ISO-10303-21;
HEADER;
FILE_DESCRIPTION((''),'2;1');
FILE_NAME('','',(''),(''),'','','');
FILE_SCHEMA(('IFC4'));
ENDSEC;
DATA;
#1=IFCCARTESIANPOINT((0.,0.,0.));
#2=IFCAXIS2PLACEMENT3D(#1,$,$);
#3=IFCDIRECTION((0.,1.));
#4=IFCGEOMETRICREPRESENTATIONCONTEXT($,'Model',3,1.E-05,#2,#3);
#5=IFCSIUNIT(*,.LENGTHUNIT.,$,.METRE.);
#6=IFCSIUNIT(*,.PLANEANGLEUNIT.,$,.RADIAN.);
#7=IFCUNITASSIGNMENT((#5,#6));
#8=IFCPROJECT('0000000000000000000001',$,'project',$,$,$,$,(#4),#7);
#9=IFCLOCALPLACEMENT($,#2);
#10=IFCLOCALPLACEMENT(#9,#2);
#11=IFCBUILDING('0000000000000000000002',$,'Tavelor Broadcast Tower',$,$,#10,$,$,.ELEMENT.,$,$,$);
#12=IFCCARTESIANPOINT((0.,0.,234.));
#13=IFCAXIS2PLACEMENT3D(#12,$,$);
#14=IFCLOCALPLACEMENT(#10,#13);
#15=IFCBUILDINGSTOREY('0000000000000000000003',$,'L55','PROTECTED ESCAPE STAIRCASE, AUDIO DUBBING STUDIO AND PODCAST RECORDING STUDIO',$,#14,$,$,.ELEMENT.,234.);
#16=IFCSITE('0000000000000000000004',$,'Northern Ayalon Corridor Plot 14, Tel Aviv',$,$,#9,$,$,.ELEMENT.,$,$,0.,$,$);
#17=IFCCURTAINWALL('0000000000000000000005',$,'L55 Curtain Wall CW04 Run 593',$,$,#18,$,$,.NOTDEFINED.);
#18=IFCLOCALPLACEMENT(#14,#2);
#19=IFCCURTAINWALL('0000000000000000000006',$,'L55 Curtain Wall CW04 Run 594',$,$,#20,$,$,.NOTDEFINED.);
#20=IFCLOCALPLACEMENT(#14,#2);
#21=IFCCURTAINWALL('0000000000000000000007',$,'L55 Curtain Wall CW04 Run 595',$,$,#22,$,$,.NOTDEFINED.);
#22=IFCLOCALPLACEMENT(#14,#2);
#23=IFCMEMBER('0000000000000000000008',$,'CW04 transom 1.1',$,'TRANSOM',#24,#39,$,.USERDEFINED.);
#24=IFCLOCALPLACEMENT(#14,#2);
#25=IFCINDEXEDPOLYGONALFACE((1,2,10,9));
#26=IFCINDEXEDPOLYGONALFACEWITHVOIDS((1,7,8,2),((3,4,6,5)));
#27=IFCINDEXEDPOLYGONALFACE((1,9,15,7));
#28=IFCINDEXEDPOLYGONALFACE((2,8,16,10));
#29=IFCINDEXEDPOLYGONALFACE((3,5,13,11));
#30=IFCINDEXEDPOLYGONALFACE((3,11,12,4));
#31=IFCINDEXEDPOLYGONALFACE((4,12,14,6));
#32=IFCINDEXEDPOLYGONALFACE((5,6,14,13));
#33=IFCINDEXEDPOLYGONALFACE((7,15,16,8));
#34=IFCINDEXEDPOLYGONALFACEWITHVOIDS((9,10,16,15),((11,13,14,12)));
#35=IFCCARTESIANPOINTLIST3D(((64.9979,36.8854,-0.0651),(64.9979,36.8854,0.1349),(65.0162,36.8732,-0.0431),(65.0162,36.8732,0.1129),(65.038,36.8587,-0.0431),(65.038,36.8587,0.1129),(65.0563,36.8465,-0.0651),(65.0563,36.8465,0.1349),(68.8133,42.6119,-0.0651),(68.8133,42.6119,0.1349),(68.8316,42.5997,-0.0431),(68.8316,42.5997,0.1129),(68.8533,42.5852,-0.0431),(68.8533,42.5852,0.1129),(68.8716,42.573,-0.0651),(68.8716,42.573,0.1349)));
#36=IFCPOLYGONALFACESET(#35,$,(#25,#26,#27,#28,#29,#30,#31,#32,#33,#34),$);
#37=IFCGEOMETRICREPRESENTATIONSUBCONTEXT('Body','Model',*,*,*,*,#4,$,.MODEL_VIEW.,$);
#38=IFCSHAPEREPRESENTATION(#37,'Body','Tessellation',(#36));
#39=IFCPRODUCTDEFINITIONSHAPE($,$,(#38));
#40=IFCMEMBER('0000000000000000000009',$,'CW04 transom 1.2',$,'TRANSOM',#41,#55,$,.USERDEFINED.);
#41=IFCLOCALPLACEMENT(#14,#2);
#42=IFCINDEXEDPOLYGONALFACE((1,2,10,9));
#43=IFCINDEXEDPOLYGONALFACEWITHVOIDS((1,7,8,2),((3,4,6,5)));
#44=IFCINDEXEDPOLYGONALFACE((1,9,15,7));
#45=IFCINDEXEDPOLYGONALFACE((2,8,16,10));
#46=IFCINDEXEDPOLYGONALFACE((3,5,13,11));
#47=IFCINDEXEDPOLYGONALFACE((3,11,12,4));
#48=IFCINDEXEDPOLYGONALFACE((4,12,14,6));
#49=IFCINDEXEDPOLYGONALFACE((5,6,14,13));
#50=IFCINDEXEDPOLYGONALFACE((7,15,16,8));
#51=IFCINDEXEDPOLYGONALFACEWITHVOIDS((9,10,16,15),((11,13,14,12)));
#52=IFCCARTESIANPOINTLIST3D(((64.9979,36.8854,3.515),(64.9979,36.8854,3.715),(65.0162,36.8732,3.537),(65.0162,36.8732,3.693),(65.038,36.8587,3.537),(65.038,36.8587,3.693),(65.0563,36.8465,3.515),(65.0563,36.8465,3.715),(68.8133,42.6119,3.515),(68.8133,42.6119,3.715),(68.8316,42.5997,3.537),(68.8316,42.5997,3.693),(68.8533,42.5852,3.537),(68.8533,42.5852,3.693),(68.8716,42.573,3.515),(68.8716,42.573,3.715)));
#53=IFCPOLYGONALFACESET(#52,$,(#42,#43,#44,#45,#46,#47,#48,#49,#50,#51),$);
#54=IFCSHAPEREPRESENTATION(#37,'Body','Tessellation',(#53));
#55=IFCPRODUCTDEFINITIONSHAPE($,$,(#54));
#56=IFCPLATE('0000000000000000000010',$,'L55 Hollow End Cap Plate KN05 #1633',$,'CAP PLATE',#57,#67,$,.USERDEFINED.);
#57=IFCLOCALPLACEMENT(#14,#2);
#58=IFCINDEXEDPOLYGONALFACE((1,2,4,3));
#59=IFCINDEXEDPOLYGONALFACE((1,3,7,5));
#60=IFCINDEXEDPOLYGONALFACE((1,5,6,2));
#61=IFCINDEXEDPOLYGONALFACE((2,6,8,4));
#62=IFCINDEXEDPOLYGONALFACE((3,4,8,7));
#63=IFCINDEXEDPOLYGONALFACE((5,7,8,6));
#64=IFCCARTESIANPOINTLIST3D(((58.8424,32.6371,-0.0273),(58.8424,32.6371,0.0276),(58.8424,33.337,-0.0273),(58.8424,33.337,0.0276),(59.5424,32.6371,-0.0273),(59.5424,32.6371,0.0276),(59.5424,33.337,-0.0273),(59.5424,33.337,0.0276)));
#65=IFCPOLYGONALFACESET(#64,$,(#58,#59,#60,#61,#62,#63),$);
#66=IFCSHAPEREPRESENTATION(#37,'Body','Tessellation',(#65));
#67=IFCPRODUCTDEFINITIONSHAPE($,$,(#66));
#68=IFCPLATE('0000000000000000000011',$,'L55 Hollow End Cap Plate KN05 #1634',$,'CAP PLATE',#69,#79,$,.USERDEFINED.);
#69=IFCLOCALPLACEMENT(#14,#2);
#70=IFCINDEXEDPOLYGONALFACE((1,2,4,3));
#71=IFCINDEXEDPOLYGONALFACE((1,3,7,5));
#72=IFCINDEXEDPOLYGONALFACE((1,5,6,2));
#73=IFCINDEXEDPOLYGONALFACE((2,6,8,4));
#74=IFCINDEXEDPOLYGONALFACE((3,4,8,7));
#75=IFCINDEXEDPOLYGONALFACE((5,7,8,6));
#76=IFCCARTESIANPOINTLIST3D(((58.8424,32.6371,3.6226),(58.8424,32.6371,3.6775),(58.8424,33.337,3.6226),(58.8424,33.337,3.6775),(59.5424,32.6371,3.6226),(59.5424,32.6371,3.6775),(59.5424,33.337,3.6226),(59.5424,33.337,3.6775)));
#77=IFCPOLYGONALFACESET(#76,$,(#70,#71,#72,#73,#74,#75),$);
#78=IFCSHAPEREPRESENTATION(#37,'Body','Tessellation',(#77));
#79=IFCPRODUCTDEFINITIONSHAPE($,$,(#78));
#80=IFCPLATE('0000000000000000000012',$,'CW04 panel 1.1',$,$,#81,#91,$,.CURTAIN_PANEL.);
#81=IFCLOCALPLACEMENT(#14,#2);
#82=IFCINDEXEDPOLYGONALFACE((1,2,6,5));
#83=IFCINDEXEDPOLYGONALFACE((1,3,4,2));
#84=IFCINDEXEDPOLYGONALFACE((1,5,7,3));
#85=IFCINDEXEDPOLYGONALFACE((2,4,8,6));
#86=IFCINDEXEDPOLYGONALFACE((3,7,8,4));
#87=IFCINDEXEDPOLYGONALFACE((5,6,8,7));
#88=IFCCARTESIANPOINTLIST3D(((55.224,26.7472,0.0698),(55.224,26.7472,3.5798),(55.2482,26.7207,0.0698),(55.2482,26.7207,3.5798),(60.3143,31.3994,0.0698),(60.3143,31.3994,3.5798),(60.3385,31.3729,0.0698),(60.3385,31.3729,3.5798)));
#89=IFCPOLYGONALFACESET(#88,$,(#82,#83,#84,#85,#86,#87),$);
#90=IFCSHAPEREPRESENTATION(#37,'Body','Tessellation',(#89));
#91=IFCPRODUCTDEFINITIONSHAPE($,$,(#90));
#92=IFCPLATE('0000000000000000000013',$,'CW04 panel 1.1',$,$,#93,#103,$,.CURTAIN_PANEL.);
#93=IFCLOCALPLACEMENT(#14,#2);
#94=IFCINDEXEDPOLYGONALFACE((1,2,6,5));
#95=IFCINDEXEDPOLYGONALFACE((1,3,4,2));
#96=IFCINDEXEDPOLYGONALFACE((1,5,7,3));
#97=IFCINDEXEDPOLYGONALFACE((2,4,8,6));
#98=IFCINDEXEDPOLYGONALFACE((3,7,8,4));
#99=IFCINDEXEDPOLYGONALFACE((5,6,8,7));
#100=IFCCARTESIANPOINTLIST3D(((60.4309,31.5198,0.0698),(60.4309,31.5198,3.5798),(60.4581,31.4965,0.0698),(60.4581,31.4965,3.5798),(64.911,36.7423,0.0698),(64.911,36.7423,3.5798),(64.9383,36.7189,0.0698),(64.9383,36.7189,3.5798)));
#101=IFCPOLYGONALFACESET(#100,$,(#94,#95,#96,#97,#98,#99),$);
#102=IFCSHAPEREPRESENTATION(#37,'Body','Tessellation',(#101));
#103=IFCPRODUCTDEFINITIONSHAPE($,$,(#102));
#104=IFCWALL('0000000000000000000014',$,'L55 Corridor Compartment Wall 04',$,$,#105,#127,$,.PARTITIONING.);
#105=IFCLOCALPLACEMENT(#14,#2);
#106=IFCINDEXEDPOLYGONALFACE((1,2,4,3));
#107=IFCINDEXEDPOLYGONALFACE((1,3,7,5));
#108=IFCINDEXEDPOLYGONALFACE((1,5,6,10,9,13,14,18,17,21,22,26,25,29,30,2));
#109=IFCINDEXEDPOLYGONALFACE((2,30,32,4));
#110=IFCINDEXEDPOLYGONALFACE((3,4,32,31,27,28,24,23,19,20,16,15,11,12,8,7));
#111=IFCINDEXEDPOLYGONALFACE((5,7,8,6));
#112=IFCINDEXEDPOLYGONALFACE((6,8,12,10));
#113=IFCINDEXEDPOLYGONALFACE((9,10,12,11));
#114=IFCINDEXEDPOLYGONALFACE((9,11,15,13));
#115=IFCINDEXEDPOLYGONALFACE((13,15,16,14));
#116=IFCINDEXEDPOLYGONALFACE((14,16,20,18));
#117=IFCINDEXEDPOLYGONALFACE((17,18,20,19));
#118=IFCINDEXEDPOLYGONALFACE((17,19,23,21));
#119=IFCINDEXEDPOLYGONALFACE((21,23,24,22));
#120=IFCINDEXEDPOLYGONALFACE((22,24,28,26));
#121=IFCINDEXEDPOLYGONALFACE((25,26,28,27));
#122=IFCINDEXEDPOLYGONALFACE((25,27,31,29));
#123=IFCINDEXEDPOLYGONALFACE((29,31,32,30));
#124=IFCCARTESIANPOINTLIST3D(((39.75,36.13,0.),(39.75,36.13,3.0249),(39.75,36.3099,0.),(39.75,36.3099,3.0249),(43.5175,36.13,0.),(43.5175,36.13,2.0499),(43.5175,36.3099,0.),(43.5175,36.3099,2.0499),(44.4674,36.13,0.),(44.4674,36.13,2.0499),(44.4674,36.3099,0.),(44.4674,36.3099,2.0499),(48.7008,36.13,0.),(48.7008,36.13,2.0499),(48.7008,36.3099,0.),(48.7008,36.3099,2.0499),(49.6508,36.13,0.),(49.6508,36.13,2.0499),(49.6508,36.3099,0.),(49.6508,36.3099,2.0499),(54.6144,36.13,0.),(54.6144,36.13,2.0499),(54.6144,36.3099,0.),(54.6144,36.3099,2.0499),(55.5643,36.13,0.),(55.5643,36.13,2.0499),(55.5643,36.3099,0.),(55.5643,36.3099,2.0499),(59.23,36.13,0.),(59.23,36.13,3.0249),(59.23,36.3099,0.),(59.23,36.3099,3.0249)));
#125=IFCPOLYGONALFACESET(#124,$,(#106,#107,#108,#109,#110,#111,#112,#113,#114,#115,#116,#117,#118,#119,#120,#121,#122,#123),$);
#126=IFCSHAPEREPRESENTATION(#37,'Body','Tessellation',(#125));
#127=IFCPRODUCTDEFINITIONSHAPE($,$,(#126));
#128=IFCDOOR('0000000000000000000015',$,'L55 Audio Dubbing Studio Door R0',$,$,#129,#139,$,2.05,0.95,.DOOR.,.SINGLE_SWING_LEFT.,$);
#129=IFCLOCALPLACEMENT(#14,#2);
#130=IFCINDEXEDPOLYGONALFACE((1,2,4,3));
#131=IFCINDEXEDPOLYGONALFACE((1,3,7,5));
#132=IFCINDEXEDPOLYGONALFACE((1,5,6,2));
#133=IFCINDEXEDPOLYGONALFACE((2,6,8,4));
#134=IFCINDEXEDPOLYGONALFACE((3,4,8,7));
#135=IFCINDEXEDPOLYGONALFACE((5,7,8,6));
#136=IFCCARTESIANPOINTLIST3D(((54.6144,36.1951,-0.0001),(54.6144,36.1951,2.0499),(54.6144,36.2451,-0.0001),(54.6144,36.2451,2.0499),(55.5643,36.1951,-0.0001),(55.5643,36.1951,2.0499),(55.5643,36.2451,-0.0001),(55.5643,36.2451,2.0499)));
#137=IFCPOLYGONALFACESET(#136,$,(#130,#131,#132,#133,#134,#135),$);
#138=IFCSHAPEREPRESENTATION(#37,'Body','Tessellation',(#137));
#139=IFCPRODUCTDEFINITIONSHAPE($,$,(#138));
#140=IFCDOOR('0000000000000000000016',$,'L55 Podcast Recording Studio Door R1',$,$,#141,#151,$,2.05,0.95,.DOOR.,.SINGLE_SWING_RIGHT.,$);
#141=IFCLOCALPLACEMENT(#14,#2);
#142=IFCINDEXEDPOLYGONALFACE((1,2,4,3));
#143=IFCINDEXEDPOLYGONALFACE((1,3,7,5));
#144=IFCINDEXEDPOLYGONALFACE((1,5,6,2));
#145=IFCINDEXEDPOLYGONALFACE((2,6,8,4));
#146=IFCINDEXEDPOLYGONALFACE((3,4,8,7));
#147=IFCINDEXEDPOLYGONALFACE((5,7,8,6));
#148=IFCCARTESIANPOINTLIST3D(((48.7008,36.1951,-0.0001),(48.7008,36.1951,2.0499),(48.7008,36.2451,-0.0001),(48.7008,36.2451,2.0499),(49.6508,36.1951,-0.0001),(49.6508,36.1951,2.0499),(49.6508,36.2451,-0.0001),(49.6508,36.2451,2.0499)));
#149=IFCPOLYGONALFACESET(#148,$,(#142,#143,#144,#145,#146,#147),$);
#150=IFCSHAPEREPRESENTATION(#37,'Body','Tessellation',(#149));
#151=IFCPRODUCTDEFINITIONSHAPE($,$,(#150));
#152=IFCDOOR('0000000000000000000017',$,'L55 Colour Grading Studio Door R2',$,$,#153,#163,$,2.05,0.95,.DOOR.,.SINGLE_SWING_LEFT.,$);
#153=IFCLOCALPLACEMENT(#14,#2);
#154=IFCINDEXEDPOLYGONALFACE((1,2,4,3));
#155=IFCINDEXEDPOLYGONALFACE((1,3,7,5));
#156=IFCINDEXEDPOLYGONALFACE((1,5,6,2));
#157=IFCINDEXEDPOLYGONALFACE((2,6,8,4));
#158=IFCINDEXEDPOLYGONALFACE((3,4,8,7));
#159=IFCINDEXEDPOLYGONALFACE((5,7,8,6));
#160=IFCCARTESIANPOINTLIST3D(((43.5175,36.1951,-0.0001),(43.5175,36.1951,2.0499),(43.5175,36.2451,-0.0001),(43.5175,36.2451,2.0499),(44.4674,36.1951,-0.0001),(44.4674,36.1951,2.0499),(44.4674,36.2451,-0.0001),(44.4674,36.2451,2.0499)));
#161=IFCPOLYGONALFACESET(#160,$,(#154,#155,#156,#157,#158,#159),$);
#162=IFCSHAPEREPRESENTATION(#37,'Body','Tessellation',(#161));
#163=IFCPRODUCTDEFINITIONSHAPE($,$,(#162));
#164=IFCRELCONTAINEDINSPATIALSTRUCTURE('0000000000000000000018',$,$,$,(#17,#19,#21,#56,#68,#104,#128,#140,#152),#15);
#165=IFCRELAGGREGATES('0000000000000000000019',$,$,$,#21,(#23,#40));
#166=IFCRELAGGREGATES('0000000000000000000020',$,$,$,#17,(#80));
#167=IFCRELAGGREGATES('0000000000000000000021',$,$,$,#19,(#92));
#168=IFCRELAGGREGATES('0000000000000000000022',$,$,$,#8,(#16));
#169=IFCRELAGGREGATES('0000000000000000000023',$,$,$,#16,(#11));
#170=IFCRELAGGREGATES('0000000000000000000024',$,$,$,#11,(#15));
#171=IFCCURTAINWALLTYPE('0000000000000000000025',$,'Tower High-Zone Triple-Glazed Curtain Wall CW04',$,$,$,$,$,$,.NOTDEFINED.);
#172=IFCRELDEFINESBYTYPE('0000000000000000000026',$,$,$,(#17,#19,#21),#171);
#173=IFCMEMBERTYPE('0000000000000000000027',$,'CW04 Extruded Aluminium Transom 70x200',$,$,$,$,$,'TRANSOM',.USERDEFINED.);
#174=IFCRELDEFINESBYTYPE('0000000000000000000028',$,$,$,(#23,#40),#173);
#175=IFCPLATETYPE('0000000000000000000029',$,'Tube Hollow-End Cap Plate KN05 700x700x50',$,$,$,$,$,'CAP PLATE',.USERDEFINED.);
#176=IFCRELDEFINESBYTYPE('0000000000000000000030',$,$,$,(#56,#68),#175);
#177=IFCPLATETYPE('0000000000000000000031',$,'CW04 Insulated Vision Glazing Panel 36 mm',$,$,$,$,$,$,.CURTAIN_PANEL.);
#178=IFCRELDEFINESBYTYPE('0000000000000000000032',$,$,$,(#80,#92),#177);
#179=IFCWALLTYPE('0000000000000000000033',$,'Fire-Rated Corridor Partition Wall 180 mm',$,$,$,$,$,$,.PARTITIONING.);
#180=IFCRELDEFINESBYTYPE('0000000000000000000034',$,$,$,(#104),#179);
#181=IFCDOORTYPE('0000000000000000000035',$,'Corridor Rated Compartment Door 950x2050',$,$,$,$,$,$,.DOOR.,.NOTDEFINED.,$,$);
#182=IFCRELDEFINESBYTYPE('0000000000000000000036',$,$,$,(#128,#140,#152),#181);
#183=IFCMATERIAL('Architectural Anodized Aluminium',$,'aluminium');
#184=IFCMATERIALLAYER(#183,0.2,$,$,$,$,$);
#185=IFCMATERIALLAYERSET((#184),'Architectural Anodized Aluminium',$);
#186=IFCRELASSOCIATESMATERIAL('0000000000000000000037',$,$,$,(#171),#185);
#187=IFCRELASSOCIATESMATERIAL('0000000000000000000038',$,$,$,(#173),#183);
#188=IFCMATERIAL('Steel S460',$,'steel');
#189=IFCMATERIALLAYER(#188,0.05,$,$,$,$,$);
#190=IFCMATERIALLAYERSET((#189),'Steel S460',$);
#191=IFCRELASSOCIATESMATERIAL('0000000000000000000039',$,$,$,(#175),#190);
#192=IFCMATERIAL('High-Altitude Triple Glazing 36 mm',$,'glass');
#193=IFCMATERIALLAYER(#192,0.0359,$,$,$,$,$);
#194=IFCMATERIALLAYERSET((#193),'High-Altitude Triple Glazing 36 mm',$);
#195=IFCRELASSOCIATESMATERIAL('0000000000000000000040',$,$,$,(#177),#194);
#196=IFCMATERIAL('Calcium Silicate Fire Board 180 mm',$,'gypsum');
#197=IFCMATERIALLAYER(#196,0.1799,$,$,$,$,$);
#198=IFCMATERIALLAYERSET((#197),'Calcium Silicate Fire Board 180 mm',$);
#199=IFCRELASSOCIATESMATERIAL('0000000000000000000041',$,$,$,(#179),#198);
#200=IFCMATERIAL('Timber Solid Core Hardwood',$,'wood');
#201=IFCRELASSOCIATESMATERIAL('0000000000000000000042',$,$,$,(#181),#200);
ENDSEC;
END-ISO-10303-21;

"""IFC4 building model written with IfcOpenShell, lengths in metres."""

from ifc_helpers import new_model, si_unit, direction, frame, frame_2d, origin, origin_2d, place, context, subcontext, project, spatial, rectangle, hollow_rectangle, extrude, source, transform, mapped, material, layer, layer_set, material_profile, profile_set, type_object, type_shapes, element, fill, aggregate, save


model = new_model("IFC4")

# Units and contexts
model_context = context("Model", 3, precision=1e-05, world=origin(), true_north=direction((0.0, 1.0)))
body_context = subcontext(model_context, "Body", "Model", "MODEL_VIEW")
ifc_project = project(units=[si_unit("LENGTHUNIT", "METRE"), si_unit("PLANEANGLEUNIT", "RADIAN")], contexts=[model_context])

# Site, building, storey
site_placement = place(None, origin())
site = spatial("IfcSite", under=ifc_project, at=site_placement, Name="Northern Ayalon Corridor Plot 14, Tel Aviv", CompositionType="ELEMENT", RefElevation=0.0)
building_placement = place(site_placement, origin())
building = spatial("IfcBuilding", under=site, at=building_placement, Name="Tavelor Broadcast Tower", CompositionType="ELEMENT")
storey_placement = place(building_placement, frame((0.0, 0.0, 234.0)))
storey = spatial("IfcBuildingStorey", under=building, at=storey_placement, Name="L55", Description="PROTECTED ESCAPE STAIRCASE, AUDIO DUBBING STUDIO AND PODCAST RECORDING STUDIO", CompositionType="ELEMENT", Elevation=234.0)

# Shared definitions
ifc_material_1 = material(Name="Steel S460", Category="steel")

# Curtain wall
ifc_material_2 = material(Name="Architectural Anodized Aluminium", Category="aluminium")
ifc_layer_1 = layer(ifc_material_2, 0.2)
ifc_layer_set_1 = layer_set([ifc_layer_1], Name="Architectural Anodized Aluminium")
curtain_wall_type = type_object("IfcCurtainWallType", Name="Tower High-Zone Triple-Glazed Curtain Wall CW04", PredefinedType="NOTDEFINED", material=ifc_layer_set_1)
curtain_wall_1_placement = place(storey_placement, origin())
curtain_wall_1 = element("IfcCurtainWall", 1, at=curtain_wall_1_placement, inside=storey, type_object=curtain_wall_type, Name="L55 Curtain Wall CW04 Run 593", PredefinedType="NOTDEFINED")

# Curtain wall
curtain_wall_2_placement = place(storey_placement, origin())
curtain_wall_2 = element("IfcCurtainWall", 2, at=curtain_wall_2_placement, inside=storey, type_object=curtain_wall_type, Name="L55 Curtain Wall CW04 Run 594", PredefinedType="NOTDEFINED")

# Curtain wall
curtain_wall_3_placement = place(storey_placement, origin())
curtain_wall_3 = element("IfcCurtainWall", 3, at=curtain_wall_3_placement, inside=storey, type_object=curtain_wall_type, Name="L55 Curtain Wall CW04 Run 595", PredefinedType="NOTDEFINED")

# Members
ifc_material_profile_1 = material_profile(ifc_material_2, hollow_rectangle(XDim=0.0701, YDim=0.2, WallThickness=0.022, at=origin_2d()), Name="RHS 70x200x22")
ifc_profile_set_1 = profile_set([ifc_material_profile_1], Name="Architectural Anodized Aluminium")
member_type_1 = type_object("IfcMemberType", Name="CW04 Extruded Aluminium Transom 70x200", ElementType="TRANSOM", PredefinedType="USERDEFINED", material=ifc_profile_set_1)
shared_shape_1 = source(origin(), body_context, "Body", "SweptSolid", [
    extrude(hollow_rectangle(XDim=0.0701, YDim=0.2, WallThickness=0.022, at=origin_2d()), origin(), (0.0, 0.0, 1.0), 6.8811),
])
type_shapes(member_type_1, [shared_shape_1])
member_1_placement = place(storey_placement, frame((65.0271, 36.866, 0.0349), z_axis=(0.554471, 0.832203, 0.0), x_axis=(-0.832203, 0.554471, 0.0)))
member_1 = element("IfcMember", 4, at=member_1_placement, type_object=member_type_1, Name="CW04 transom 1.1", ObjectType="TRANSOM", PredefinedType="USERDEFINED", context=body_context, shape_type="MappedRepresentation", body=[
    mapped(shared_shape_1, transform((0.0, 0.0, 0.0), scale=1.0)),
])
member_2_placement = place(storey_placement, frame((65.0271, 36.866, 3.615), z_axis=(0.554471, 0.832203, 0.0), x_axis=(-0.832203, 0.554471, 0.0)))
member_2 = element("IfcMember", 5, at=member_2_placement, type_object=member_type_1, Name="CW04 transom 1.2", ObjectType="TRANSOM", PredefinedType="USERDEFINED", context=body_context, shape_type="MappedRepresentation", body=[
    mapped(shared_shape_1, transform((0.0, 0.0, 0.0), scale=1.0)),
])
aggregate(curtain_wall_3, [member_1, member_2])

# Plates
ifc_layer_2 = layer(ifc_material_1, 0.05)
ifc_layer_set_2 = layer_set([ifc_layer_2], Name="Steel S460")
plate_type_1 = type_object("IfcPlateType", Name="Tube Hollow-End Cap Plate KN05 700x700x50", ElementType="CAP PLATE", PredefinedType="USERDEFINED", material=ifc_layer_set_2)
shared_shape_2 = source(origin(), body_context, "Body", "SweptSolid", [
    extrude(rectangle(XDim=0.7, YDim=0.7, at=origin_2d()), origin(), (0.0, 0.0, 1.0), 0.0549),
])
type_shapes(plate_type_1, [shared_shape_2])
for number, where, z_axis, x_axis, name in (
    (6, (59.1924, 32.9871, -0.0273), (0.0, 0.0, 1.0), (1.0, 0.0, 0.0), "L55 Hollow End Cap Plate KN05 #1633"),
    (7, (59.1924, 32.9871, 3.6226), (0.0, 0.0, 1.0), (1.0, 0.0, 0.0), "L55 Hollow End Cap Plate KN05 #1634"),
):
    element("IfcPlate", number, at=place(storey_placement, frame(where, z_axis=z_axis, x_axis=x_axis)), inside=storey, type_object=plate_type_1, Name=name, ObjectType="CAP PLATE", PredefinedType="USERDEFINED", context=body_context, shape_type="MappedRepresentation", body=[
        mapped(shared_shape_2, transform((0.0, 0.0, 0.0), scale=1.0)),
    ])

# Plates
ifc_material_3 = material(Name="High-Altitude Triple Glazing 36 mm", Category="glass")
ifc_layer_3 = layer(ifc_material_3, 0.0359)
ifc_layer_set_3 = layer_set([ifc_layer_3], Name="High-Altitude Triple Glazing 36 mm")
plate_type_2 = type_object("IfcPlateType", Name="CW04 Insulated Vision Glazing Panel 36 mm", PredefinedType="CURTAIN_PANEL", material=ifc_layer_set_3)
shared_shape_3 = source(origin(), body_context, "Body", "SweptSolid", [
    extrude(rectangle(XDim=6.896, YDim=0.0359, at=origin_2d()), origin(), (0.0, 0.0, 1.0), 3.51),
])
plate_1_placement = place(storey_placement, frame((57.7812, 29.0601, 0.0698), z_axis=(0.0, 0.0, 1.0), x_axis=(0.738164, 0.674621, 0.0)))
plate_1 = element("IfcPlate", 8, at=plate_1_placement, type_object=plate_type_2, Name="CW04 panel 1.1", PredefinedType="CURTAIN_PANEL", context=body_context, shape_type="MappedRepresentation", body=[
    mapped(shared_shape_3, transform((0.0, 0.0, 0.0), scale=1.0)),
])
aggregate(curtain_wall_1, [plate_1])
shared_shape_4 = source(origin(), body_context, "Body", "SweptSolid", [
    extrude(rectangle(XDim=6.8809, YDim=0.0359, at=origin_2d()), origin(), (0.0, 0.0, 1.0), 3.51),
])
type_shapes(plate_type_2, [shared_shape_3, shared_shape_4])
plate_2_placement = place(storey_placement, frame((62.6846, 34.1194, 0.0698), z_axis=(0.0, 0.0, 1.0), x_axis=(0.651108, 0.758985, 0.0)))
plate_2 = element("IfcPlate", 9, at=plate_2_placement, type_object=plate_type_2, Name="CW04 panel 1.1", PredefinedType="CURTAIN_PANEL", context=body_context, shape_type="MappedRepresentation", body=[
    mapped(shared_shape_4, transform((0.0, 0.0, 0.0), scale=1.0)),
])
aggregate(curtain_wall_2, [plate_2])

# Wall, openings, doors
ifc_material_4 = material(Name="Calcium Silicate Fire Board 180 mm", Category="gypsum")
ifc_layer_4 = layer(ifc_material_4, 0.1799)
ifc_layer_set_4 = layer_set([ifc_layer_4], Name="Calcium Silicate Fire Board 180 mm")
wall_type_1 = type_object("IfcWallType", Name="Fire-Rated Corridor Partition Wall 180 mm", PredefinedType="PARTITIONING", material=ifc_layer_set_4)
wall_1_placement = place(storey_placement, frame((59.23, 36.22, 0.0), z_axis=(0.0, 0.0, 1.0), x_axis=(-1.0, 0.0, 0.0)))
wall_1 = element("IfcWall", 10, at=wall_1_placement, inside=storey, type_object=wall_type_1, Name="L55 Corridor Compartment Wall 04", PredefinedType="PARTITIONING", context=body_context, shape_type="SweptSolid", body=[
    extrude(rectangle(XDim=19.48, YDim=0.1799, at=frame_2d((9.74, 0.0))), origin(), (0.0, 0.0, 1.0), 3.0249),
])
opening_1_placement = place(wall_1_placement, frame((3.6655, 0.0, 0.0)))
opening_1 = element("IfcOpeningElement", 11, at=opening_1_placement, cuts=wall_1, PredefinedType="OPENING", context=body_context, shape_type="SweptSolid", body=[
    extrude(rectangle(XDim=0.95, YDim=2.05, at=frame_2d((0.4751, 1.0249))), frame((0.0, 0.1001, 0.0), z_axis=(0.0, -1.0, 0.0), x_axis=(1.0, 0.0, 0.0)), (0.0, 0.0, 1.0), 0.2),
])
opening_2_placement = place(wall_1_placement, frame((9.5791, 0.0, 0.0)))
opening_2 = element("IfcOpeningElement", 12, at=opening_2_placement, cuts=wall_1, PredefinedType="OPENING", context=body_context, shape_type="SweptSolid", body=[
    extrude(rectangle(XDim=0.95, YDim=2.05, at=frame_2d((0.4751, 1.0249))), frame((0.0, 0.1001, 0.0), z_axis=(0.0, -1.0, 0.0), x_axis=(1.0, 0.0, 0.0)), (0.0, 0.0, 1.0), 0.2),
])
opening_3_placement = place(wall_1_placement, frame((14.7625, 0.0, 0.0)))
opening_3 = element("IfcOpeningElement", 13, at=opening_3_placement, cuts=wall_1, PredefinedType="OPENING", context=body_context, shape_type="SweptSolid", body=[
    extrude(rectangle(XDim=0.95, YDim=2.05, at=frame_2d((0.4751, 1.0249))), frame((0.0, 0.1001, 0.0), z_axis=(0.0, -1.0, 0.0), x_axis=(1.0, 0.0, 0.0)), (0.0, 0.0, 1.0), 0.2),
])
ifc_material_5 = material(Name="Timber Solid Core Hardwood", Category="wood")
door_type = type_object("IfcDoorType", Name="Corridor Rated Compartment Door 950x2050", OperationType="NOTDEFINED", PredefinedType="DOOR", material=ifc_material_5)
door_1_placement = place(opening_1_placement, origin())
door_1 = element("IfcDoor", 14, at=door_1_placement, inside=storey, type_object=door_type, Name="L55 Audio Dubbing Studio Door R0", OperationType="SINGLE_SWING_LEFT", OverallHeight=2.05, OverallWidth=0.95, PredefinedType="DOOR", context=body_context, shape_type="SweptSolid", body=[
    extrude(rectangle(XDim=0.95, YDim=2.05, at=frame_2d((0.4751, 1.0249))), frame((0.0, 0.0249, 0.0), z_axis=(0.0, -1.0, 0.0), x_axis=(1.0, 0.0, 0.0)), (0.0, 0.0, 1.0), 0.05),
])
fill(opening_1, door_1)
door_2_placement = place(opening_2_placement, origin())
door_2 = element("IfcDoor", 15, at=door_2_placement, inside=storey, type_object=door_type, Name="L55 Podcast Recording Studio Door R1", OperationType="SINGLE_SWING_RIGHT", OverallHeight=2.05, OverallWidth=0.95, PredefinedType="DOOR", context=body_context, shape_type="SweptSolid", body=[
    extrude(rectangle(XDim=0.95, YDim=2.05, at=frame_2d((0.4751, 1.0249))), frame((0.0, 0.0249, 0.0), z_axis=(0.0, -1.0, 0.0), x_axis=(1.0, 0.0, 0.0)), (0.0, 0.0, 1.0), 0.05),
])
fill(opening_2, door_2)
door_3_placement = place(opening_3_placement, origin())
door_3 = element("IfcDoor", 16, at=door_3_placement, inside=storey, type_object=door_type, Name="L55 Colour Grading Studio Door R2", OperationType="SINGLE_SWING_LEFT", OverallHeight=2.05, OverallWidth=0.95, PredefinedType="DOOR", context=body_context, shape_type="SweptSolid", body=[
    extrude(rectangle(XDim=0.95, YDim=2.05, at=frame_2d((0.4751, 1.0249))), frame((0.0, 0.0249, 0.0), z_axis=(0.0, -1.0, 0.0), x_axis=(1.0, 0.0, 0.0)), (0.0, 0.0, 1.0), 0.05),
])
fill(opening_3, door_3)

save(model, "model.ifc")
